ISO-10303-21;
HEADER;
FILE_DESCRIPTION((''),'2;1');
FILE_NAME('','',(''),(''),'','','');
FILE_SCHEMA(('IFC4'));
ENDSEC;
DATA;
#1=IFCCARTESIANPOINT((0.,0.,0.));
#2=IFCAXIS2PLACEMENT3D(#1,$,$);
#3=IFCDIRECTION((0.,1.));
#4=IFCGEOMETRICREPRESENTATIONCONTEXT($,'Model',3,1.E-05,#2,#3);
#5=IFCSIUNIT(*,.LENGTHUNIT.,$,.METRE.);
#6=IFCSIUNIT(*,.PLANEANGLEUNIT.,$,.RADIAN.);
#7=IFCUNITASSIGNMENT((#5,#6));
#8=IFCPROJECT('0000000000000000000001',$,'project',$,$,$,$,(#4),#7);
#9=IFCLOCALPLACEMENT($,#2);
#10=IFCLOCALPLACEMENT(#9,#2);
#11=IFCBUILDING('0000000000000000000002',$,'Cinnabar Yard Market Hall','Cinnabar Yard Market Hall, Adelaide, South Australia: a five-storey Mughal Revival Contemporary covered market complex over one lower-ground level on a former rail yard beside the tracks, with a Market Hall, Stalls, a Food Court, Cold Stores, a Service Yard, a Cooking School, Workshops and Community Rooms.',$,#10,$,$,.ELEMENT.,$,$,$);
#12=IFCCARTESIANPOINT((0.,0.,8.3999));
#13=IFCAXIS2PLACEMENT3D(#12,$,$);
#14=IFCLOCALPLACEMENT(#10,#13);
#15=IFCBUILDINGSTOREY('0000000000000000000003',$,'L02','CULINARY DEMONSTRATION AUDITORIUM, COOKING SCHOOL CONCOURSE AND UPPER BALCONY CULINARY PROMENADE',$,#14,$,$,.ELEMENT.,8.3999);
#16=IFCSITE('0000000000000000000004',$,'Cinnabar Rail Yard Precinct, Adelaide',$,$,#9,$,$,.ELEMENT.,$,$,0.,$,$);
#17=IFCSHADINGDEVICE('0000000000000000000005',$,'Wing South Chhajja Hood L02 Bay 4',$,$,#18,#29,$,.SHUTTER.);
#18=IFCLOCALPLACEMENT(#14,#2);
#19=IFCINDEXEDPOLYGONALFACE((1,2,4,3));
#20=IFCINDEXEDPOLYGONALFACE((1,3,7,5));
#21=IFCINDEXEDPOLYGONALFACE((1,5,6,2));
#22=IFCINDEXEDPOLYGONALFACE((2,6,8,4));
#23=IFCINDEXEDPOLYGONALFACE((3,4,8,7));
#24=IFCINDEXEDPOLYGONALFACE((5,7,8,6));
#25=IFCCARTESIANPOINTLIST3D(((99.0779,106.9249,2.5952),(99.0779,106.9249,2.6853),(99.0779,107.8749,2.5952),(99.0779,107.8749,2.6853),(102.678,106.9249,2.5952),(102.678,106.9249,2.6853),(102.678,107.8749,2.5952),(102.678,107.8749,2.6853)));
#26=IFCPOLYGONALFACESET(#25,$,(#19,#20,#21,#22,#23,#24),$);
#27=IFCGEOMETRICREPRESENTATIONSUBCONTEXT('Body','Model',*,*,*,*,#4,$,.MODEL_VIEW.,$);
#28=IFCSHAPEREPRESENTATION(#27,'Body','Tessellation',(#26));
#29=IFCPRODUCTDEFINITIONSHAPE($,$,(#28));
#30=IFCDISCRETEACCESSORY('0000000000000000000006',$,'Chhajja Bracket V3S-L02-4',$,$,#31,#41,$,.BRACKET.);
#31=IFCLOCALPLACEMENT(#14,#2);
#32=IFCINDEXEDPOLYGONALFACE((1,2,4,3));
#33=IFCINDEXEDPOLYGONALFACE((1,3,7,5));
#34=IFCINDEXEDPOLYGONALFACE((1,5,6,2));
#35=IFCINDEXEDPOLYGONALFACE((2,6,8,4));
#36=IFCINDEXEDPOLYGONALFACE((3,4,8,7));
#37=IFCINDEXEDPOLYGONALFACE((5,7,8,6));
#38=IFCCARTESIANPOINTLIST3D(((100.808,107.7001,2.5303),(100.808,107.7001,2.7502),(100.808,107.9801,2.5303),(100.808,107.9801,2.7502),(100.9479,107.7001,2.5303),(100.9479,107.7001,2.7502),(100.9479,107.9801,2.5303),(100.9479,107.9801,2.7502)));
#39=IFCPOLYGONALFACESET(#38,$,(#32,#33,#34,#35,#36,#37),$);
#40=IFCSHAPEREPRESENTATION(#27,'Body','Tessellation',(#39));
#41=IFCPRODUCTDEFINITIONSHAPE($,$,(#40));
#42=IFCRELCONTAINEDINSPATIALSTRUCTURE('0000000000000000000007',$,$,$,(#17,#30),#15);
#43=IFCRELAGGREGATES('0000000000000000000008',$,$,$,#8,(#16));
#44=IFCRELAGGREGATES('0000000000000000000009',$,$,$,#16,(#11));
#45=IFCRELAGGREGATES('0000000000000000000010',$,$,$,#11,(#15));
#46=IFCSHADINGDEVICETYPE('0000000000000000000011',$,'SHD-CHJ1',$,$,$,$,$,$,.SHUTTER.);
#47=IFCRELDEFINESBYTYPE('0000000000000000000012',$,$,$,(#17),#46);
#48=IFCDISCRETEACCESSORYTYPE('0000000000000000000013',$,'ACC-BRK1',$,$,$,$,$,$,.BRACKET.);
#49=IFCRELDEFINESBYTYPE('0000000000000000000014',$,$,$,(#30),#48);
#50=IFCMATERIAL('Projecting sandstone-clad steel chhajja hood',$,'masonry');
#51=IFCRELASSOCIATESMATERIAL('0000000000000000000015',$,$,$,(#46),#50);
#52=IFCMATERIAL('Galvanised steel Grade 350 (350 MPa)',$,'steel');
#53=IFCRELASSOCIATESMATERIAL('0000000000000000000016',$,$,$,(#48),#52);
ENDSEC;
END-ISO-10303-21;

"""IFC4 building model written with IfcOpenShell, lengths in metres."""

from ifc_helpers import new_model, si_unit, direction, frame, origin, origin_2d_with_axis, place, context, subcontext, project, spatial, rectangle, extrude, material, type_object, element, save


model = new_model("IFC4")

# Units and contexts
model_context = context("Model", 3, precision=1e-05, world=origin(), true_north=direction((0.0, 1.0)))
body_context = subcontext(model_context, "Body", "Model", "MODEL_VIEW")
ifc_project = project(units=[si_unit("LENGTHUNIT", "METRE"), si_unit("PLANEANGLEUNIT", "RADIAN")], contexts=[model_context])

# Site, building, storey
site_placement = place(None, origin())
site = spatial("IfcSite", under=ifc_project, at=site_placement, Name="Cinnabar Rail Yard Precinct, Adelaide", CompositionType="ELEMENT", RefElevation=0.0)
building_placement = place(site_placement, origin())
building = spatial("IfcBuilding", under=site, at=building_placement, Name="Cinnabar Yard Market Hall", Description="Cinnabar Yard Market Hall, Adelaide, South Australia: a five-storey Mughal Revival Contemporary covered market complex over one lower-ground level on a former rail yard beside the tracks, with a Market Hall, Stalls, a Food Court, Cold Stores, a Service Yard, a Cooking School, Workshops and Community Rooms.", CompositionType="ELEMENT")
storey_placement = place(building_placement, frame((0.0, 0.0, 8.3999)))
storey = spatial("IfcBuildingStorey", under=building, at=storey_placement, Name="L02", Description="CULINARY DEMONSTRATION AUDITORIUM, COOKING SCHOOL CONCOURSE AND UPPER BALCONY CULINARY PROMENADE", CompositionType="ELEMENT", Elevation=8.3999)

# Shading device
ifc_material_1 = material(Name="Projecting sandstone-clad steel chhajja hood", Category="masonry")
shading_device_type = type_object("IfcShadingDeviceType", Name="SHD-CHJ1", PredefinedType="SHUTTER", material=ifc_material_1)
shading_device_placement = place(storey_placement, frame((100.8779, 107.3999, 2.5952), z_axis=(0.0, 0.0, 1.0), x_axis=(1.0, 0.0, 0.0)))
element("IfcShadingDevice", 1, at=shading_device_placement, inside=storey, type_object=shading_device_type, Name="Wing South Chhajja Hood L02 Bay 4", PredefinedType="SHUTTER", context=body_context, shape_type="SweptSolid", body=[
    extrude(rectangle(XDim=3.6001, YDim=0.95, at=origin_2d_with_axis()), origin(), (0.0, 0.0, 1.0), 0.0901),
])

# Discrete accessory
ifc_material_2 = material(Name="Galvanised steel Grade 350 (350 MPa)", Category="steel")
discrete_accessory_type = type_object("IfcDiscreteAccessoryType", Name="ACC-BRK1", PredefinedType="BRACKET", material=ifc_material_2)
discrete_accessory_placement = place(storey_placement, frame((100.8779, 107.8401, 2.5303), z_axis=(0.0, 0.0, 1.0), x_axis=(1.0, 0.0, 0.0)))
element("IfcDiscreteAccessory", 2, at=discrete_accessory_placement, inside=storey, type_object=discrete_accessory_type, Name="Chhajja Bracket V3S-L02-4", PredefinedType="BRACKET", context=body_context, shape_type="SweptSolid", body=[
    extrude(rectangle(XDim=0.1399, YDim=0.28, at=origin_2d_with_axis()), origin(), (0.0, 0.0, 1.0), 0.22),
])

save(model, "model.ifc")
